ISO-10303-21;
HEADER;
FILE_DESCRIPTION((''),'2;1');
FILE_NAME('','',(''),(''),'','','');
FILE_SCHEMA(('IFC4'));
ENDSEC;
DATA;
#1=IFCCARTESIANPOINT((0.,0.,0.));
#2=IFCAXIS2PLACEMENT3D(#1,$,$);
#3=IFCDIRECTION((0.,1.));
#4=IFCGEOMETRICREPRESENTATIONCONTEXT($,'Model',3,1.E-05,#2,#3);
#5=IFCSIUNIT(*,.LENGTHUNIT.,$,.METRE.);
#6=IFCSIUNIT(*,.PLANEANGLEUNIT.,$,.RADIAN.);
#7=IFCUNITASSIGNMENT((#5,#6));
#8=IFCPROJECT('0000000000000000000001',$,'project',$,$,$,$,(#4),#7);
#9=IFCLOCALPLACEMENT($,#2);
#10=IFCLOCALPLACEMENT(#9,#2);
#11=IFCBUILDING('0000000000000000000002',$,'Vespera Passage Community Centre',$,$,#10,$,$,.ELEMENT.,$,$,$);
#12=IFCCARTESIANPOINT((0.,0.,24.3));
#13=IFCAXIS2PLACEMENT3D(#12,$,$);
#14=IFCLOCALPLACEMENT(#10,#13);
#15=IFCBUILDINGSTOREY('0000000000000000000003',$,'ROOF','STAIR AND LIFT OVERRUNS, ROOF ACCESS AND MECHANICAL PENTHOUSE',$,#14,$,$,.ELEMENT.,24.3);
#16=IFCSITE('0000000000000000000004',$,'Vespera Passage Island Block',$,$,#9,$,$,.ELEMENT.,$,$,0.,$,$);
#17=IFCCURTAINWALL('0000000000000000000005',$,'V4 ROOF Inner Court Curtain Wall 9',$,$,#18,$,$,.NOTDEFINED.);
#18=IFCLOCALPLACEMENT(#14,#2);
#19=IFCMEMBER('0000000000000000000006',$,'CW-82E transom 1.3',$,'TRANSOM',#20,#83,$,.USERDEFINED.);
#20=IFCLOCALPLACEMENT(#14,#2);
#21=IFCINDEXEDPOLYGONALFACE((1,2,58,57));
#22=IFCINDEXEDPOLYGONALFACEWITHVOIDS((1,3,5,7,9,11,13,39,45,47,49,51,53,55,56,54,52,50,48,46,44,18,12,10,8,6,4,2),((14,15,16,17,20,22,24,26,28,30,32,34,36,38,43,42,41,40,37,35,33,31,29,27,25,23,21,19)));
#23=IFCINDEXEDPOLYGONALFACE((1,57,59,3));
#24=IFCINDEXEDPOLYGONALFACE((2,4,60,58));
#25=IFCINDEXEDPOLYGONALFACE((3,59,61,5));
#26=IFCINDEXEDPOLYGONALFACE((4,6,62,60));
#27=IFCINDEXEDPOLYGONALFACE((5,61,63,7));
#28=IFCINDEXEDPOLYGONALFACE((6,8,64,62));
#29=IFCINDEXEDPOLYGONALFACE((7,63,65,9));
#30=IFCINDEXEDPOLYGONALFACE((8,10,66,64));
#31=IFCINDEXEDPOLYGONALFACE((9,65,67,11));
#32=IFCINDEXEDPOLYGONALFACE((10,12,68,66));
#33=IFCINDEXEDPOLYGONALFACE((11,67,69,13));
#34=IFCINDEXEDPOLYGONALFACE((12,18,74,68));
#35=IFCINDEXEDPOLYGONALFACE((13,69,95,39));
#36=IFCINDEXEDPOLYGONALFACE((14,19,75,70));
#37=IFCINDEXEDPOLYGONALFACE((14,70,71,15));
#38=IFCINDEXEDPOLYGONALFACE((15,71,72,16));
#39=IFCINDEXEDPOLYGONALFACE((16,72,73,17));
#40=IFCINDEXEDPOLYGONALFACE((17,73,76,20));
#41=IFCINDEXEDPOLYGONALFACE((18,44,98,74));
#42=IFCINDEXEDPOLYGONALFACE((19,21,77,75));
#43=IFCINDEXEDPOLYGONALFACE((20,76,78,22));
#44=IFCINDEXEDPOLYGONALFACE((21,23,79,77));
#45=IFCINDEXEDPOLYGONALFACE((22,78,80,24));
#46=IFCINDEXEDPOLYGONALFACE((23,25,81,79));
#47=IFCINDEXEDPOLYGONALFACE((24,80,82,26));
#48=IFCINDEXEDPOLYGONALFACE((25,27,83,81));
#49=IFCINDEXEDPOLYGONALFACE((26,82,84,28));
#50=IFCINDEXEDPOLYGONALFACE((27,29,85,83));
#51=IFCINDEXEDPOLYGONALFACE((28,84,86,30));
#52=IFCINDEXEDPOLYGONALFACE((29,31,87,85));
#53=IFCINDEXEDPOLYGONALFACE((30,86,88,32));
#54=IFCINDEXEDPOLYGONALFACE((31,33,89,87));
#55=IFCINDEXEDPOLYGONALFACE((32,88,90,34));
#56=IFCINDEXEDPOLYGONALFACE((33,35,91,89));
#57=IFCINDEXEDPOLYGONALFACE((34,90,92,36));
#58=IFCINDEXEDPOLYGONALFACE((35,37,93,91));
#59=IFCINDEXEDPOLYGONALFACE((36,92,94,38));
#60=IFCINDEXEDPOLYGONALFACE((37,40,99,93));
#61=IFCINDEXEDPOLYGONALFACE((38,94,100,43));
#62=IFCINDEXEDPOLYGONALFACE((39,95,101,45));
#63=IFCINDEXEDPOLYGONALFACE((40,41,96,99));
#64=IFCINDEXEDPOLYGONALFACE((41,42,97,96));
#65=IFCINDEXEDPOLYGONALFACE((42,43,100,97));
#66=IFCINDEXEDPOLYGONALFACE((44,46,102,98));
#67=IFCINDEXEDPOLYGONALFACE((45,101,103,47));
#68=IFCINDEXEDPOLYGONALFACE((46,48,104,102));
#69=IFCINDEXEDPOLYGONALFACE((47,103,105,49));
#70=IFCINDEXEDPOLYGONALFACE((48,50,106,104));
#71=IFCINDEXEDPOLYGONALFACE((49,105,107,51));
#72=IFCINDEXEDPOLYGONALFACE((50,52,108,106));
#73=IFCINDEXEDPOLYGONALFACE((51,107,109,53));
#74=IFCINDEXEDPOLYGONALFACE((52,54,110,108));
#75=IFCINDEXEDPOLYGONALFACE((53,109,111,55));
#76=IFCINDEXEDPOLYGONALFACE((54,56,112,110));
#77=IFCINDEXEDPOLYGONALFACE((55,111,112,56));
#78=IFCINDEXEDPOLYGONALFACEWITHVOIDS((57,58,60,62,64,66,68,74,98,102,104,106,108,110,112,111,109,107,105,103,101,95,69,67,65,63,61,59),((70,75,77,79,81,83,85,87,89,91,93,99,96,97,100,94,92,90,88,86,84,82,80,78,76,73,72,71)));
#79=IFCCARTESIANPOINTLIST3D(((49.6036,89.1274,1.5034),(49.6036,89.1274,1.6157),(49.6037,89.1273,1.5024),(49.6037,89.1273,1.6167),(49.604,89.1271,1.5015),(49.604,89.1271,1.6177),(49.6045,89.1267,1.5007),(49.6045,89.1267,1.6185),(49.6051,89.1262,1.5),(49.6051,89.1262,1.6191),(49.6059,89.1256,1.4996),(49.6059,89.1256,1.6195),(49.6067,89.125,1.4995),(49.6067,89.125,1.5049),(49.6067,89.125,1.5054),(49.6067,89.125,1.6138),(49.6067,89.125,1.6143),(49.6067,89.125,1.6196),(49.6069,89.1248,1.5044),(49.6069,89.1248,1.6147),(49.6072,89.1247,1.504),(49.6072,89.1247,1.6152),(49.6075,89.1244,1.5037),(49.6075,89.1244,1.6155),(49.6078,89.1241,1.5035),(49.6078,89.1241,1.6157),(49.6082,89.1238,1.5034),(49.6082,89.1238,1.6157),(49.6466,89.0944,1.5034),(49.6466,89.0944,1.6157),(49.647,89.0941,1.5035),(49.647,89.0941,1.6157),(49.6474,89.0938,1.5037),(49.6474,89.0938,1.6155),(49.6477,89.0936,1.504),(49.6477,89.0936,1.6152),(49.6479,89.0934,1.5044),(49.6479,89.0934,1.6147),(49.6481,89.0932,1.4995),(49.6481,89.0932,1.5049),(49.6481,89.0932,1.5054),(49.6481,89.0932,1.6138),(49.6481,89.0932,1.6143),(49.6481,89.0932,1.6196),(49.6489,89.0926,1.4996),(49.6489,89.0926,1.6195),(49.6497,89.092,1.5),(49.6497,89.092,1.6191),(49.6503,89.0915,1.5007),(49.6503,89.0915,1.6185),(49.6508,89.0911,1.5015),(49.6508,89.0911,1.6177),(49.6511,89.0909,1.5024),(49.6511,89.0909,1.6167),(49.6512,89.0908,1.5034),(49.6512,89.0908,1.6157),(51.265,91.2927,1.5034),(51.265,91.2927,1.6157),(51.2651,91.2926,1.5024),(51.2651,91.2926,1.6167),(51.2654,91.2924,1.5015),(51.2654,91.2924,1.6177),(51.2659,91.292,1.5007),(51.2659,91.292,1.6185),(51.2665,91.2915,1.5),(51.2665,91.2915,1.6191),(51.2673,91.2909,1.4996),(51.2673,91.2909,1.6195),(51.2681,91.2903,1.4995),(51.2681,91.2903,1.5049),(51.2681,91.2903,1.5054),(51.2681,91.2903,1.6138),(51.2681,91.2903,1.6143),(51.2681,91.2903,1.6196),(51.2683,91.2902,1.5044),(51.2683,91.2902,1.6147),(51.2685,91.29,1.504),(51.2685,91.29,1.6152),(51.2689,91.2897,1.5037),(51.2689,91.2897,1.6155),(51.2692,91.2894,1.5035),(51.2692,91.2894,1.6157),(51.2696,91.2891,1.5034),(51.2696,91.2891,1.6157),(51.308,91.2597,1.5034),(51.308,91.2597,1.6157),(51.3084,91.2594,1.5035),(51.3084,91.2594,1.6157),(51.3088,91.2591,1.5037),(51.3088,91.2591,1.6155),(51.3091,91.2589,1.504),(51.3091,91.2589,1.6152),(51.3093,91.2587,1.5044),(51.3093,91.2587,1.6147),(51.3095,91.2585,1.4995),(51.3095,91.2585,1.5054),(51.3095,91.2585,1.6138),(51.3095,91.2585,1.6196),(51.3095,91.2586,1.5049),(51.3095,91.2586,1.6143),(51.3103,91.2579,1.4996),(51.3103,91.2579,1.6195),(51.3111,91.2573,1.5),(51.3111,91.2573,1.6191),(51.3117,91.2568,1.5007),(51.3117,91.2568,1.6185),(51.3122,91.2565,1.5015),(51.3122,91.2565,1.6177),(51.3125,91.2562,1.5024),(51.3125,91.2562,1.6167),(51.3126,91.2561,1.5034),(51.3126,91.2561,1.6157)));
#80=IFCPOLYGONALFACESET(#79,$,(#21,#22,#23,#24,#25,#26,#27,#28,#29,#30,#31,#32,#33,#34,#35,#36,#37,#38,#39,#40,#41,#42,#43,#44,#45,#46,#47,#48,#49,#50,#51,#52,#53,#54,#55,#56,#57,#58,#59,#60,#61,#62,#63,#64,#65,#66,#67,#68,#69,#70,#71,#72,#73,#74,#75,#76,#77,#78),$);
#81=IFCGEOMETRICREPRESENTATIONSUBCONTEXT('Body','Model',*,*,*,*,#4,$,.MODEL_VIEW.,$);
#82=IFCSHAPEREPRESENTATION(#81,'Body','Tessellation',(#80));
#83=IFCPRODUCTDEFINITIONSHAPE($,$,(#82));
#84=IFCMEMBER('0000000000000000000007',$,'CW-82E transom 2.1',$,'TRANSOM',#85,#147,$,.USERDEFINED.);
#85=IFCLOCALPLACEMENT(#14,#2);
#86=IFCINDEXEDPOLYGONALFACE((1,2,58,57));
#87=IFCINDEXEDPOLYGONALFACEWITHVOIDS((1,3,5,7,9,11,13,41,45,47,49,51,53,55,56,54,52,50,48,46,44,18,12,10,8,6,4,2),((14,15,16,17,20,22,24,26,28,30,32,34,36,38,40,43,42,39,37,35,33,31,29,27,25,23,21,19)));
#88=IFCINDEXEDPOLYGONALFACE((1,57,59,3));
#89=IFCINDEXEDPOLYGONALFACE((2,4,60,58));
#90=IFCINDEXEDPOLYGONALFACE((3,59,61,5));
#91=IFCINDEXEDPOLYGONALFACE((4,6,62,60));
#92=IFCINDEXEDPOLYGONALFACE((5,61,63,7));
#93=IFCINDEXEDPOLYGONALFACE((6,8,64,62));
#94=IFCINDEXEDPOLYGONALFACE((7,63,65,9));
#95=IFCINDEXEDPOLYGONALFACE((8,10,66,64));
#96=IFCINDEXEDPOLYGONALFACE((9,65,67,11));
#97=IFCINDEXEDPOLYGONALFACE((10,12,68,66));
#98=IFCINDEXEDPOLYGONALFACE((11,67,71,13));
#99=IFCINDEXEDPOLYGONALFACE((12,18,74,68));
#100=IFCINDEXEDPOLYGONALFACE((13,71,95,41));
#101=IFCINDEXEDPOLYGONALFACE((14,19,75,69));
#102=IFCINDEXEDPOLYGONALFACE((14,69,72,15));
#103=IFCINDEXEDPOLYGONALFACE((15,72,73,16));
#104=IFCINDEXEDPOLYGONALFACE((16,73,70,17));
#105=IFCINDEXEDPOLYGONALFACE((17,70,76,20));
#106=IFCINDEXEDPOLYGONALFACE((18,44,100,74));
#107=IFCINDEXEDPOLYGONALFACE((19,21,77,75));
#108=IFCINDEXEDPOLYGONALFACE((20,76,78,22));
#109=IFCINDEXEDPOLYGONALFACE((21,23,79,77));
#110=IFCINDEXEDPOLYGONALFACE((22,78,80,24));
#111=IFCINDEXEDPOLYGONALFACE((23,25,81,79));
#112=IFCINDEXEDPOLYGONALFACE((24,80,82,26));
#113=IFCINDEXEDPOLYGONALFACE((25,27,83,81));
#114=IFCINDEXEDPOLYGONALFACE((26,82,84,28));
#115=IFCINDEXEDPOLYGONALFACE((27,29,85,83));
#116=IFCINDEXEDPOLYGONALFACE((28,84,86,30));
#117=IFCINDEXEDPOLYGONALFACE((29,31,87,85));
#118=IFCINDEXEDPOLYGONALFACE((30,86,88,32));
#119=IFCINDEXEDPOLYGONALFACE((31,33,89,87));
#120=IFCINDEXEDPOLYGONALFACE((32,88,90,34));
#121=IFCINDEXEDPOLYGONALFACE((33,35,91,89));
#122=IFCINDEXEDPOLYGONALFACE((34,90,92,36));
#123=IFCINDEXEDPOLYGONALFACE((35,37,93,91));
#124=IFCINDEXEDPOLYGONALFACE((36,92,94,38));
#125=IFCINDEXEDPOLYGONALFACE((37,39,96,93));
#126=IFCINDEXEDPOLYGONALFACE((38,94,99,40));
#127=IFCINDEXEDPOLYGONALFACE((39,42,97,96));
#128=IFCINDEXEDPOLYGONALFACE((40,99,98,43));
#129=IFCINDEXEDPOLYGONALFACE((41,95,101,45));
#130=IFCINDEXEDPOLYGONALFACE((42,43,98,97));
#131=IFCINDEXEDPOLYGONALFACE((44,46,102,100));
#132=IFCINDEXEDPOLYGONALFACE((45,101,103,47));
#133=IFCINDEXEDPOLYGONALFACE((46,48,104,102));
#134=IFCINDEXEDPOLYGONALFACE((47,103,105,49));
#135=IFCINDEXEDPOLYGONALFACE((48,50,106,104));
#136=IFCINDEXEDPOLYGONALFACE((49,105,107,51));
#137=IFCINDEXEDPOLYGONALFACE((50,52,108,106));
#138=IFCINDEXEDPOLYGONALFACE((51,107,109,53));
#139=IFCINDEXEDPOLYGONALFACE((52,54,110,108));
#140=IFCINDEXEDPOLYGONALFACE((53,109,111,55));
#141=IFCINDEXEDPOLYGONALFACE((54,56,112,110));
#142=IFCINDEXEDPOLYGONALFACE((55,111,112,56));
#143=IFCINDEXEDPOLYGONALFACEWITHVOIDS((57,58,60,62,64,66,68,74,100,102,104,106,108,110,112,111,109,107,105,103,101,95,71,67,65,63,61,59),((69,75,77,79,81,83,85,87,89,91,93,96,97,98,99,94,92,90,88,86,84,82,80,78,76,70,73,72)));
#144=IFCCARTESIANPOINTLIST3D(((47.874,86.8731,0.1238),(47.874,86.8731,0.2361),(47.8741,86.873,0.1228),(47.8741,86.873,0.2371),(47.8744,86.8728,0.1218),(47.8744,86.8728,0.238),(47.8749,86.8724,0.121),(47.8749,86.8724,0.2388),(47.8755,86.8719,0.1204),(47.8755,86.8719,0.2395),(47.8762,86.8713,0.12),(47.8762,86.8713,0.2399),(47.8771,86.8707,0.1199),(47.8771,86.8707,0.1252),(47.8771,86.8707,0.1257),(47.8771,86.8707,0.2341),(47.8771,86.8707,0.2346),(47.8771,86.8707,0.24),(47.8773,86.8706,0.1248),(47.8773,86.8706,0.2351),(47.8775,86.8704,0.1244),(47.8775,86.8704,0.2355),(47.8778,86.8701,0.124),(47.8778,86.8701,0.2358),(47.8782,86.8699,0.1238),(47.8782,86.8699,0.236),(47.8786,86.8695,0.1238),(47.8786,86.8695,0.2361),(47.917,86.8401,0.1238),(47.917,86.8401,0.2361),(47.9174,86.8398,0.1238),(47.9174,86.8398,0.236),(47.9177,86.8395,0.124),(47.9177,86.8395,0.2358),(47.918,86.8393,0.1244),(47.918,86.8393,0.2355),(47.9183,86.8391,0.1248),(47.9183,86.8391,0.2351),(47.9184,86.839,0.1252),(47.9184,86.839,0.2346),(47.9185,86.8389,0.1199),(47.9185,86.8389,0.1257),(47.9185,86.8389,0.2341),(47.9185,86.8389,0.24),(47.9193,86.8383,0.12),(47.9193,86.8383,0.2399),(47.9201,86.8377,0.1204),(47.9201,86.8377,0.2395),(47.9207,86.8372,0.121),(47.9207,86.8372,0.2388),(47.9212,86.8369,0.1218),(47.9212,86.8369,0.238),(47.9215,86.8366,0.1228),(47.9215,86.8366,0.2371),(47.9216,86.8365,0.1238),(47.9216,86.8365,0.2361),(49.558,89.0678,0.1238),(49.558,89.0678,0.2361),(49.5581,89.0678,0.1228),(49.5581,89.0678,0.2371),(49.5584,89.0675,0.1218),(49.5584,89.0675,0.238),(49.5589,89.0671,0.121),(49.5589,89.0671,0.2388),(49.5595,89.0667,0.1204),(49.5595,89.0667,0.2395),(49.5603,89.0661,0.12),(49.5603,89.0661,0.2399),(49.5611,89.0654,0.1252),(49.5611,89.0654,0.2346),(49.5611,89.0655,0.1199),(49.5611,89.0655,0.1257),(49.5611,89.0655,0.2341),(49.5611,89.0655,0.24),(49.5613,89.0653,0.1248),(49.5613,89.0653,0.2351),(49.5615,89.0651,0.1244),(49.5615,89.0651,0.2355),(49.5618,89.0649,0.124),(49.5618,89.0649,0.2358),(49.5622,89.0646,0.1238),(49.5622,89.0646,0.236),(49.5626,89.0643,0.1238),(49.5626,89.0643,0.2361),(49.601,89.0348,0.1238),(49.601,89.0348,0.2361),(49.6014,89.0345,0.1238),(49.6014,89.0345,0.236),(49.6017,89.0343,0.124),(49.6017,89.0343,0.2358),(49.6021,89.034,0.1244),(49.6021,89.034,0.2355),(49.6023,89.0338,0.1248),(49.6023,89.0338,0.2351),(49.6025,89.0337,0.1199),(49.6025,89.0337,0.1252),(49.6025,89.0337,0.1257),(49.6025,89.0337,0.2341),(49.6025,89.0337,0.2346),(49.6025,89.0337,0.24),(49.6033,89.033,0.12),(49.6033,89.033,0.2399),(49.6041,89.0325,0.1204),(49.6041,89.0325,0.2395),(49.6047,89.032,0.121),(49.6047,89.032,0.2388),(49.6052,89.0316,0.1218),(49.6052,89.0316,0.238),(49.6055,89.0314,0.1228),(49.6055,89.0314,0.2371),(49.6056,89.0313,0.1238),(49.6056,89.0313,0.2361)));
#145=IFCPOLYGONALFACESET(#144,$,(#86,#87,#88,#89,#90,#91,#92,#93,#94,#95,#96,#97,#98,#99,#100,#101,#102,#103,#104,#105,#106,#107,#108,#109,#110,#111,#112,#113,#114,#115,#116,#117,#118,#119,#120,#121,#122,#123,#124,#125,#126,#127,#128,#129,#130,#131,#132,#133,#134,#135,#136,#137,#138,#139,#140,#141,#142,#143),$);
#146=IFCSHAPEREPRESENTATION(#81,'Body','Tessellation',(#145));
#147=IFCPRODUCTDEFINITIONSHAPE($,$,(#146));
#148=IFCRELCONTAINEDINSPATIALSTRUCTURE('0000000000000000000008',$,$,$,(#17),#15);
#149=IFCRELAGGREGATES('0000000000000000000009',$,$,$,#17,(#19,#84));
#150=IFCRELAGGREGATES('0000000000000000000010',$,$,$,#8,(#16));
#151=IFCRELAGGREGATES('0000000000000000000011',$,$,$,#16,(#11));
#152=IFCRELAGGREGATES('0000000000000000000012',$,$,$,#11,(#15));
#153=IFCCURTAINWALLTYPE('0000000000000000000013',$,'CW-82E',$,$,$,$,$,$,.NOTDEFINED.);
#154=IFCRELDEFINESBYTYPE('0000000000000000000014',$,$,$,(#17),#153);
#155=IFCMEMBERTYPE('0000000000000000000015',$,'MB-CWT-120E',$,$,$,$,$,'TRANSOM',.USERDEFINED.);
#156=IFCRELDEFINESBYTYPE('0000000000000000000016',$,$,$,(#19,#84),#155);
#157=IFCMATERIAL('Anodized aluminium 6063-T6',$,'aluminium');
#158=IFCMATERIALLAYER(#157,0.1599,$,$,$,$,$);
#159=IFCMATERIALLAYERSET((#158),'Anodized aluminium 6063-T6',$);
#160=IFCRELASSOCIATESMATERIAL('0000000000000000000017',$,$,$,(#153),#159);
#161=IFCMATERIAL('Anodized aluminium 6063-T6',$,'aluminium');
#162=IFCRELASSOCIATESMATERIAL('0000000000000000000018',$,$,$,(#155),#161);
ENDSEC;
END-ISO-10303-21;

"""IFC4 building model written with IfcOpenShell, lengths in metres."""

from ifc_helpers import new_model, si_unit, direction, frame, origin, origin_2d, place, context, subcontext, project, spatial, hollow_rectangle, extrude, material, layer, layer_set, material_profile, profile_set, type_object, element, aggregate, save


model = new_model("IFC4")

# Units and contexts
model_context = context("Model", 3, precision=1e-05, world=origin(), true_north=direction((0.0, 1.0)))
body_context = subcontext(model_context, "Body", "Model", "MODEL_VIEW")
ifc_project = project(units=[si_unit("LENGTHUNIT", "METRE"), si_unit("PLANEANGLEUNIT", "RADIAN")], contexts=[model_context])

# Site, building, storey
site_placement = place(None, origin())
site = spatial("IfcSite", under=ifc_project, at=site_placement, Name="Vespera Passage Island Block", CompositionType="ELEMENT", RefElevation=0.0)
building_placement = place(site_placement, origin())
building = spatial("IfcBuilding", under=site, at=building_placement, Name="Vespera Passage Community Centre", CompositionType="ELEMENT")
storey_placement = place(building_placement, frame((0.0, 0.0, 24.3)))
storey = spatial("IfcBuildingStorey", under=building, at=storey_placement, Name="ROOF", Description="STAIR AND LIFT OVERRUNS, ROOF ACCESS AND MECHANICAL PENTHOUSE", CompositionType="ELEMENT", Elevation=24.3)

# Curtain wall
ifc_material_1 = material(Name="Anodized aluminium 6063-T6", Category="aluminium")
ifc_layer_1 = layer(ifc_material_1, 0.1599)
ifc_layer_set_1 = layer_set([ifc_layer_1], Name="Anodized aluminium 6063-T6")
curtain_wall_type_1 = type_object("IfcCurtainWallType", Name="CW-82E", PredefinedType="NOTDEFINED", material=ifc_layer_set_1)
curtain_wall_1_placement = place(storey_placement, origin())
curtain_wall_1 = element("IfcCurtainWall", 1, at=curtain_wall_1_placement, inside=storey, type_object=curtain_wall_type_1, Name="V4 ROOF Inner Court Curtain Wall 9", PredefinedType="NOTDEFINED")

# Members
ifc_material_2 = material(Name="Anodized aluminium 6063-T6", Category="aluminium")
ifc_material_profile_1 = material_profile(ifc_material_2, hollow_rectangle(XDim=0.0601, YDim=0.1201, WallThickness=0.0039, InnerFilletRadius=0.002, OuterFilletRadius=0.0039, at=origin_2d()), Name="ALU120X60X4")
ifc_profile_set_1 = profile_set([ifc_material_profile_1], Name="Anodized aluminium 6063-T6")
member_type_1 = type_object("IfcMemberType", Name="MB-CWT-120E", ElementType="TRANSOM", PredefinedType="USERDEFINED", material=ifc_profile_set_1)
member_1_placement = place(storey_placement, frame((51.2888, 91.2744, 1.5596), z_axis=(-0.608738, -0.793372, 0.0), x_axis=(0.793372, -0.608738, 0.0)))
member_1 = element("IfcMember", 2, at=member_1_placement, type_object=member_type_1, Name="CW-82E transom 1.3", ObjectType="TRANSOM", PredefinedType="USERDEFINED", context=body_context, shape_type="SweptSolid", body=[
    extrude(hollow_rectangle(XDim=0.0601, YDim=0.1201, WallThickness=0.0039, InnerFilletRadius=0.002, OuterFilletRadius=0.0039, at=origin_2d()), origin(), (0.0, 0.0, 1.0), 2.7292),
])
member_2_placement = place(storey_placement, frame((49.5818, 89.0496, 0.1799), z_axis=(-0.608746, -0.793365, 0.0), x_axis=(0.793365, -0.608746, 0.0)))
member_2 = element("IfcMember", 3, at=member_2_placement, type_object=member_type_1, Name="CW-82E transom 2.1", ObjectType="TRANSOM", PredefinedType="USERDEFINED", context=body_context, shape_type="SweptSolid", body=[
    extrude(hollow_rectangle(XDim=0.0601, YDim=0.1201, WallThickness=0.0039, InnerFilletRadius=0.002, OuterFilletRadius=0.0039, at=origin_2d()), origin(), (0.0, 0.0, 1.0), 2.7664),
])

aggregate(curtain_wall_1, [member_1, member_2])

save(model, "model.ifc")
